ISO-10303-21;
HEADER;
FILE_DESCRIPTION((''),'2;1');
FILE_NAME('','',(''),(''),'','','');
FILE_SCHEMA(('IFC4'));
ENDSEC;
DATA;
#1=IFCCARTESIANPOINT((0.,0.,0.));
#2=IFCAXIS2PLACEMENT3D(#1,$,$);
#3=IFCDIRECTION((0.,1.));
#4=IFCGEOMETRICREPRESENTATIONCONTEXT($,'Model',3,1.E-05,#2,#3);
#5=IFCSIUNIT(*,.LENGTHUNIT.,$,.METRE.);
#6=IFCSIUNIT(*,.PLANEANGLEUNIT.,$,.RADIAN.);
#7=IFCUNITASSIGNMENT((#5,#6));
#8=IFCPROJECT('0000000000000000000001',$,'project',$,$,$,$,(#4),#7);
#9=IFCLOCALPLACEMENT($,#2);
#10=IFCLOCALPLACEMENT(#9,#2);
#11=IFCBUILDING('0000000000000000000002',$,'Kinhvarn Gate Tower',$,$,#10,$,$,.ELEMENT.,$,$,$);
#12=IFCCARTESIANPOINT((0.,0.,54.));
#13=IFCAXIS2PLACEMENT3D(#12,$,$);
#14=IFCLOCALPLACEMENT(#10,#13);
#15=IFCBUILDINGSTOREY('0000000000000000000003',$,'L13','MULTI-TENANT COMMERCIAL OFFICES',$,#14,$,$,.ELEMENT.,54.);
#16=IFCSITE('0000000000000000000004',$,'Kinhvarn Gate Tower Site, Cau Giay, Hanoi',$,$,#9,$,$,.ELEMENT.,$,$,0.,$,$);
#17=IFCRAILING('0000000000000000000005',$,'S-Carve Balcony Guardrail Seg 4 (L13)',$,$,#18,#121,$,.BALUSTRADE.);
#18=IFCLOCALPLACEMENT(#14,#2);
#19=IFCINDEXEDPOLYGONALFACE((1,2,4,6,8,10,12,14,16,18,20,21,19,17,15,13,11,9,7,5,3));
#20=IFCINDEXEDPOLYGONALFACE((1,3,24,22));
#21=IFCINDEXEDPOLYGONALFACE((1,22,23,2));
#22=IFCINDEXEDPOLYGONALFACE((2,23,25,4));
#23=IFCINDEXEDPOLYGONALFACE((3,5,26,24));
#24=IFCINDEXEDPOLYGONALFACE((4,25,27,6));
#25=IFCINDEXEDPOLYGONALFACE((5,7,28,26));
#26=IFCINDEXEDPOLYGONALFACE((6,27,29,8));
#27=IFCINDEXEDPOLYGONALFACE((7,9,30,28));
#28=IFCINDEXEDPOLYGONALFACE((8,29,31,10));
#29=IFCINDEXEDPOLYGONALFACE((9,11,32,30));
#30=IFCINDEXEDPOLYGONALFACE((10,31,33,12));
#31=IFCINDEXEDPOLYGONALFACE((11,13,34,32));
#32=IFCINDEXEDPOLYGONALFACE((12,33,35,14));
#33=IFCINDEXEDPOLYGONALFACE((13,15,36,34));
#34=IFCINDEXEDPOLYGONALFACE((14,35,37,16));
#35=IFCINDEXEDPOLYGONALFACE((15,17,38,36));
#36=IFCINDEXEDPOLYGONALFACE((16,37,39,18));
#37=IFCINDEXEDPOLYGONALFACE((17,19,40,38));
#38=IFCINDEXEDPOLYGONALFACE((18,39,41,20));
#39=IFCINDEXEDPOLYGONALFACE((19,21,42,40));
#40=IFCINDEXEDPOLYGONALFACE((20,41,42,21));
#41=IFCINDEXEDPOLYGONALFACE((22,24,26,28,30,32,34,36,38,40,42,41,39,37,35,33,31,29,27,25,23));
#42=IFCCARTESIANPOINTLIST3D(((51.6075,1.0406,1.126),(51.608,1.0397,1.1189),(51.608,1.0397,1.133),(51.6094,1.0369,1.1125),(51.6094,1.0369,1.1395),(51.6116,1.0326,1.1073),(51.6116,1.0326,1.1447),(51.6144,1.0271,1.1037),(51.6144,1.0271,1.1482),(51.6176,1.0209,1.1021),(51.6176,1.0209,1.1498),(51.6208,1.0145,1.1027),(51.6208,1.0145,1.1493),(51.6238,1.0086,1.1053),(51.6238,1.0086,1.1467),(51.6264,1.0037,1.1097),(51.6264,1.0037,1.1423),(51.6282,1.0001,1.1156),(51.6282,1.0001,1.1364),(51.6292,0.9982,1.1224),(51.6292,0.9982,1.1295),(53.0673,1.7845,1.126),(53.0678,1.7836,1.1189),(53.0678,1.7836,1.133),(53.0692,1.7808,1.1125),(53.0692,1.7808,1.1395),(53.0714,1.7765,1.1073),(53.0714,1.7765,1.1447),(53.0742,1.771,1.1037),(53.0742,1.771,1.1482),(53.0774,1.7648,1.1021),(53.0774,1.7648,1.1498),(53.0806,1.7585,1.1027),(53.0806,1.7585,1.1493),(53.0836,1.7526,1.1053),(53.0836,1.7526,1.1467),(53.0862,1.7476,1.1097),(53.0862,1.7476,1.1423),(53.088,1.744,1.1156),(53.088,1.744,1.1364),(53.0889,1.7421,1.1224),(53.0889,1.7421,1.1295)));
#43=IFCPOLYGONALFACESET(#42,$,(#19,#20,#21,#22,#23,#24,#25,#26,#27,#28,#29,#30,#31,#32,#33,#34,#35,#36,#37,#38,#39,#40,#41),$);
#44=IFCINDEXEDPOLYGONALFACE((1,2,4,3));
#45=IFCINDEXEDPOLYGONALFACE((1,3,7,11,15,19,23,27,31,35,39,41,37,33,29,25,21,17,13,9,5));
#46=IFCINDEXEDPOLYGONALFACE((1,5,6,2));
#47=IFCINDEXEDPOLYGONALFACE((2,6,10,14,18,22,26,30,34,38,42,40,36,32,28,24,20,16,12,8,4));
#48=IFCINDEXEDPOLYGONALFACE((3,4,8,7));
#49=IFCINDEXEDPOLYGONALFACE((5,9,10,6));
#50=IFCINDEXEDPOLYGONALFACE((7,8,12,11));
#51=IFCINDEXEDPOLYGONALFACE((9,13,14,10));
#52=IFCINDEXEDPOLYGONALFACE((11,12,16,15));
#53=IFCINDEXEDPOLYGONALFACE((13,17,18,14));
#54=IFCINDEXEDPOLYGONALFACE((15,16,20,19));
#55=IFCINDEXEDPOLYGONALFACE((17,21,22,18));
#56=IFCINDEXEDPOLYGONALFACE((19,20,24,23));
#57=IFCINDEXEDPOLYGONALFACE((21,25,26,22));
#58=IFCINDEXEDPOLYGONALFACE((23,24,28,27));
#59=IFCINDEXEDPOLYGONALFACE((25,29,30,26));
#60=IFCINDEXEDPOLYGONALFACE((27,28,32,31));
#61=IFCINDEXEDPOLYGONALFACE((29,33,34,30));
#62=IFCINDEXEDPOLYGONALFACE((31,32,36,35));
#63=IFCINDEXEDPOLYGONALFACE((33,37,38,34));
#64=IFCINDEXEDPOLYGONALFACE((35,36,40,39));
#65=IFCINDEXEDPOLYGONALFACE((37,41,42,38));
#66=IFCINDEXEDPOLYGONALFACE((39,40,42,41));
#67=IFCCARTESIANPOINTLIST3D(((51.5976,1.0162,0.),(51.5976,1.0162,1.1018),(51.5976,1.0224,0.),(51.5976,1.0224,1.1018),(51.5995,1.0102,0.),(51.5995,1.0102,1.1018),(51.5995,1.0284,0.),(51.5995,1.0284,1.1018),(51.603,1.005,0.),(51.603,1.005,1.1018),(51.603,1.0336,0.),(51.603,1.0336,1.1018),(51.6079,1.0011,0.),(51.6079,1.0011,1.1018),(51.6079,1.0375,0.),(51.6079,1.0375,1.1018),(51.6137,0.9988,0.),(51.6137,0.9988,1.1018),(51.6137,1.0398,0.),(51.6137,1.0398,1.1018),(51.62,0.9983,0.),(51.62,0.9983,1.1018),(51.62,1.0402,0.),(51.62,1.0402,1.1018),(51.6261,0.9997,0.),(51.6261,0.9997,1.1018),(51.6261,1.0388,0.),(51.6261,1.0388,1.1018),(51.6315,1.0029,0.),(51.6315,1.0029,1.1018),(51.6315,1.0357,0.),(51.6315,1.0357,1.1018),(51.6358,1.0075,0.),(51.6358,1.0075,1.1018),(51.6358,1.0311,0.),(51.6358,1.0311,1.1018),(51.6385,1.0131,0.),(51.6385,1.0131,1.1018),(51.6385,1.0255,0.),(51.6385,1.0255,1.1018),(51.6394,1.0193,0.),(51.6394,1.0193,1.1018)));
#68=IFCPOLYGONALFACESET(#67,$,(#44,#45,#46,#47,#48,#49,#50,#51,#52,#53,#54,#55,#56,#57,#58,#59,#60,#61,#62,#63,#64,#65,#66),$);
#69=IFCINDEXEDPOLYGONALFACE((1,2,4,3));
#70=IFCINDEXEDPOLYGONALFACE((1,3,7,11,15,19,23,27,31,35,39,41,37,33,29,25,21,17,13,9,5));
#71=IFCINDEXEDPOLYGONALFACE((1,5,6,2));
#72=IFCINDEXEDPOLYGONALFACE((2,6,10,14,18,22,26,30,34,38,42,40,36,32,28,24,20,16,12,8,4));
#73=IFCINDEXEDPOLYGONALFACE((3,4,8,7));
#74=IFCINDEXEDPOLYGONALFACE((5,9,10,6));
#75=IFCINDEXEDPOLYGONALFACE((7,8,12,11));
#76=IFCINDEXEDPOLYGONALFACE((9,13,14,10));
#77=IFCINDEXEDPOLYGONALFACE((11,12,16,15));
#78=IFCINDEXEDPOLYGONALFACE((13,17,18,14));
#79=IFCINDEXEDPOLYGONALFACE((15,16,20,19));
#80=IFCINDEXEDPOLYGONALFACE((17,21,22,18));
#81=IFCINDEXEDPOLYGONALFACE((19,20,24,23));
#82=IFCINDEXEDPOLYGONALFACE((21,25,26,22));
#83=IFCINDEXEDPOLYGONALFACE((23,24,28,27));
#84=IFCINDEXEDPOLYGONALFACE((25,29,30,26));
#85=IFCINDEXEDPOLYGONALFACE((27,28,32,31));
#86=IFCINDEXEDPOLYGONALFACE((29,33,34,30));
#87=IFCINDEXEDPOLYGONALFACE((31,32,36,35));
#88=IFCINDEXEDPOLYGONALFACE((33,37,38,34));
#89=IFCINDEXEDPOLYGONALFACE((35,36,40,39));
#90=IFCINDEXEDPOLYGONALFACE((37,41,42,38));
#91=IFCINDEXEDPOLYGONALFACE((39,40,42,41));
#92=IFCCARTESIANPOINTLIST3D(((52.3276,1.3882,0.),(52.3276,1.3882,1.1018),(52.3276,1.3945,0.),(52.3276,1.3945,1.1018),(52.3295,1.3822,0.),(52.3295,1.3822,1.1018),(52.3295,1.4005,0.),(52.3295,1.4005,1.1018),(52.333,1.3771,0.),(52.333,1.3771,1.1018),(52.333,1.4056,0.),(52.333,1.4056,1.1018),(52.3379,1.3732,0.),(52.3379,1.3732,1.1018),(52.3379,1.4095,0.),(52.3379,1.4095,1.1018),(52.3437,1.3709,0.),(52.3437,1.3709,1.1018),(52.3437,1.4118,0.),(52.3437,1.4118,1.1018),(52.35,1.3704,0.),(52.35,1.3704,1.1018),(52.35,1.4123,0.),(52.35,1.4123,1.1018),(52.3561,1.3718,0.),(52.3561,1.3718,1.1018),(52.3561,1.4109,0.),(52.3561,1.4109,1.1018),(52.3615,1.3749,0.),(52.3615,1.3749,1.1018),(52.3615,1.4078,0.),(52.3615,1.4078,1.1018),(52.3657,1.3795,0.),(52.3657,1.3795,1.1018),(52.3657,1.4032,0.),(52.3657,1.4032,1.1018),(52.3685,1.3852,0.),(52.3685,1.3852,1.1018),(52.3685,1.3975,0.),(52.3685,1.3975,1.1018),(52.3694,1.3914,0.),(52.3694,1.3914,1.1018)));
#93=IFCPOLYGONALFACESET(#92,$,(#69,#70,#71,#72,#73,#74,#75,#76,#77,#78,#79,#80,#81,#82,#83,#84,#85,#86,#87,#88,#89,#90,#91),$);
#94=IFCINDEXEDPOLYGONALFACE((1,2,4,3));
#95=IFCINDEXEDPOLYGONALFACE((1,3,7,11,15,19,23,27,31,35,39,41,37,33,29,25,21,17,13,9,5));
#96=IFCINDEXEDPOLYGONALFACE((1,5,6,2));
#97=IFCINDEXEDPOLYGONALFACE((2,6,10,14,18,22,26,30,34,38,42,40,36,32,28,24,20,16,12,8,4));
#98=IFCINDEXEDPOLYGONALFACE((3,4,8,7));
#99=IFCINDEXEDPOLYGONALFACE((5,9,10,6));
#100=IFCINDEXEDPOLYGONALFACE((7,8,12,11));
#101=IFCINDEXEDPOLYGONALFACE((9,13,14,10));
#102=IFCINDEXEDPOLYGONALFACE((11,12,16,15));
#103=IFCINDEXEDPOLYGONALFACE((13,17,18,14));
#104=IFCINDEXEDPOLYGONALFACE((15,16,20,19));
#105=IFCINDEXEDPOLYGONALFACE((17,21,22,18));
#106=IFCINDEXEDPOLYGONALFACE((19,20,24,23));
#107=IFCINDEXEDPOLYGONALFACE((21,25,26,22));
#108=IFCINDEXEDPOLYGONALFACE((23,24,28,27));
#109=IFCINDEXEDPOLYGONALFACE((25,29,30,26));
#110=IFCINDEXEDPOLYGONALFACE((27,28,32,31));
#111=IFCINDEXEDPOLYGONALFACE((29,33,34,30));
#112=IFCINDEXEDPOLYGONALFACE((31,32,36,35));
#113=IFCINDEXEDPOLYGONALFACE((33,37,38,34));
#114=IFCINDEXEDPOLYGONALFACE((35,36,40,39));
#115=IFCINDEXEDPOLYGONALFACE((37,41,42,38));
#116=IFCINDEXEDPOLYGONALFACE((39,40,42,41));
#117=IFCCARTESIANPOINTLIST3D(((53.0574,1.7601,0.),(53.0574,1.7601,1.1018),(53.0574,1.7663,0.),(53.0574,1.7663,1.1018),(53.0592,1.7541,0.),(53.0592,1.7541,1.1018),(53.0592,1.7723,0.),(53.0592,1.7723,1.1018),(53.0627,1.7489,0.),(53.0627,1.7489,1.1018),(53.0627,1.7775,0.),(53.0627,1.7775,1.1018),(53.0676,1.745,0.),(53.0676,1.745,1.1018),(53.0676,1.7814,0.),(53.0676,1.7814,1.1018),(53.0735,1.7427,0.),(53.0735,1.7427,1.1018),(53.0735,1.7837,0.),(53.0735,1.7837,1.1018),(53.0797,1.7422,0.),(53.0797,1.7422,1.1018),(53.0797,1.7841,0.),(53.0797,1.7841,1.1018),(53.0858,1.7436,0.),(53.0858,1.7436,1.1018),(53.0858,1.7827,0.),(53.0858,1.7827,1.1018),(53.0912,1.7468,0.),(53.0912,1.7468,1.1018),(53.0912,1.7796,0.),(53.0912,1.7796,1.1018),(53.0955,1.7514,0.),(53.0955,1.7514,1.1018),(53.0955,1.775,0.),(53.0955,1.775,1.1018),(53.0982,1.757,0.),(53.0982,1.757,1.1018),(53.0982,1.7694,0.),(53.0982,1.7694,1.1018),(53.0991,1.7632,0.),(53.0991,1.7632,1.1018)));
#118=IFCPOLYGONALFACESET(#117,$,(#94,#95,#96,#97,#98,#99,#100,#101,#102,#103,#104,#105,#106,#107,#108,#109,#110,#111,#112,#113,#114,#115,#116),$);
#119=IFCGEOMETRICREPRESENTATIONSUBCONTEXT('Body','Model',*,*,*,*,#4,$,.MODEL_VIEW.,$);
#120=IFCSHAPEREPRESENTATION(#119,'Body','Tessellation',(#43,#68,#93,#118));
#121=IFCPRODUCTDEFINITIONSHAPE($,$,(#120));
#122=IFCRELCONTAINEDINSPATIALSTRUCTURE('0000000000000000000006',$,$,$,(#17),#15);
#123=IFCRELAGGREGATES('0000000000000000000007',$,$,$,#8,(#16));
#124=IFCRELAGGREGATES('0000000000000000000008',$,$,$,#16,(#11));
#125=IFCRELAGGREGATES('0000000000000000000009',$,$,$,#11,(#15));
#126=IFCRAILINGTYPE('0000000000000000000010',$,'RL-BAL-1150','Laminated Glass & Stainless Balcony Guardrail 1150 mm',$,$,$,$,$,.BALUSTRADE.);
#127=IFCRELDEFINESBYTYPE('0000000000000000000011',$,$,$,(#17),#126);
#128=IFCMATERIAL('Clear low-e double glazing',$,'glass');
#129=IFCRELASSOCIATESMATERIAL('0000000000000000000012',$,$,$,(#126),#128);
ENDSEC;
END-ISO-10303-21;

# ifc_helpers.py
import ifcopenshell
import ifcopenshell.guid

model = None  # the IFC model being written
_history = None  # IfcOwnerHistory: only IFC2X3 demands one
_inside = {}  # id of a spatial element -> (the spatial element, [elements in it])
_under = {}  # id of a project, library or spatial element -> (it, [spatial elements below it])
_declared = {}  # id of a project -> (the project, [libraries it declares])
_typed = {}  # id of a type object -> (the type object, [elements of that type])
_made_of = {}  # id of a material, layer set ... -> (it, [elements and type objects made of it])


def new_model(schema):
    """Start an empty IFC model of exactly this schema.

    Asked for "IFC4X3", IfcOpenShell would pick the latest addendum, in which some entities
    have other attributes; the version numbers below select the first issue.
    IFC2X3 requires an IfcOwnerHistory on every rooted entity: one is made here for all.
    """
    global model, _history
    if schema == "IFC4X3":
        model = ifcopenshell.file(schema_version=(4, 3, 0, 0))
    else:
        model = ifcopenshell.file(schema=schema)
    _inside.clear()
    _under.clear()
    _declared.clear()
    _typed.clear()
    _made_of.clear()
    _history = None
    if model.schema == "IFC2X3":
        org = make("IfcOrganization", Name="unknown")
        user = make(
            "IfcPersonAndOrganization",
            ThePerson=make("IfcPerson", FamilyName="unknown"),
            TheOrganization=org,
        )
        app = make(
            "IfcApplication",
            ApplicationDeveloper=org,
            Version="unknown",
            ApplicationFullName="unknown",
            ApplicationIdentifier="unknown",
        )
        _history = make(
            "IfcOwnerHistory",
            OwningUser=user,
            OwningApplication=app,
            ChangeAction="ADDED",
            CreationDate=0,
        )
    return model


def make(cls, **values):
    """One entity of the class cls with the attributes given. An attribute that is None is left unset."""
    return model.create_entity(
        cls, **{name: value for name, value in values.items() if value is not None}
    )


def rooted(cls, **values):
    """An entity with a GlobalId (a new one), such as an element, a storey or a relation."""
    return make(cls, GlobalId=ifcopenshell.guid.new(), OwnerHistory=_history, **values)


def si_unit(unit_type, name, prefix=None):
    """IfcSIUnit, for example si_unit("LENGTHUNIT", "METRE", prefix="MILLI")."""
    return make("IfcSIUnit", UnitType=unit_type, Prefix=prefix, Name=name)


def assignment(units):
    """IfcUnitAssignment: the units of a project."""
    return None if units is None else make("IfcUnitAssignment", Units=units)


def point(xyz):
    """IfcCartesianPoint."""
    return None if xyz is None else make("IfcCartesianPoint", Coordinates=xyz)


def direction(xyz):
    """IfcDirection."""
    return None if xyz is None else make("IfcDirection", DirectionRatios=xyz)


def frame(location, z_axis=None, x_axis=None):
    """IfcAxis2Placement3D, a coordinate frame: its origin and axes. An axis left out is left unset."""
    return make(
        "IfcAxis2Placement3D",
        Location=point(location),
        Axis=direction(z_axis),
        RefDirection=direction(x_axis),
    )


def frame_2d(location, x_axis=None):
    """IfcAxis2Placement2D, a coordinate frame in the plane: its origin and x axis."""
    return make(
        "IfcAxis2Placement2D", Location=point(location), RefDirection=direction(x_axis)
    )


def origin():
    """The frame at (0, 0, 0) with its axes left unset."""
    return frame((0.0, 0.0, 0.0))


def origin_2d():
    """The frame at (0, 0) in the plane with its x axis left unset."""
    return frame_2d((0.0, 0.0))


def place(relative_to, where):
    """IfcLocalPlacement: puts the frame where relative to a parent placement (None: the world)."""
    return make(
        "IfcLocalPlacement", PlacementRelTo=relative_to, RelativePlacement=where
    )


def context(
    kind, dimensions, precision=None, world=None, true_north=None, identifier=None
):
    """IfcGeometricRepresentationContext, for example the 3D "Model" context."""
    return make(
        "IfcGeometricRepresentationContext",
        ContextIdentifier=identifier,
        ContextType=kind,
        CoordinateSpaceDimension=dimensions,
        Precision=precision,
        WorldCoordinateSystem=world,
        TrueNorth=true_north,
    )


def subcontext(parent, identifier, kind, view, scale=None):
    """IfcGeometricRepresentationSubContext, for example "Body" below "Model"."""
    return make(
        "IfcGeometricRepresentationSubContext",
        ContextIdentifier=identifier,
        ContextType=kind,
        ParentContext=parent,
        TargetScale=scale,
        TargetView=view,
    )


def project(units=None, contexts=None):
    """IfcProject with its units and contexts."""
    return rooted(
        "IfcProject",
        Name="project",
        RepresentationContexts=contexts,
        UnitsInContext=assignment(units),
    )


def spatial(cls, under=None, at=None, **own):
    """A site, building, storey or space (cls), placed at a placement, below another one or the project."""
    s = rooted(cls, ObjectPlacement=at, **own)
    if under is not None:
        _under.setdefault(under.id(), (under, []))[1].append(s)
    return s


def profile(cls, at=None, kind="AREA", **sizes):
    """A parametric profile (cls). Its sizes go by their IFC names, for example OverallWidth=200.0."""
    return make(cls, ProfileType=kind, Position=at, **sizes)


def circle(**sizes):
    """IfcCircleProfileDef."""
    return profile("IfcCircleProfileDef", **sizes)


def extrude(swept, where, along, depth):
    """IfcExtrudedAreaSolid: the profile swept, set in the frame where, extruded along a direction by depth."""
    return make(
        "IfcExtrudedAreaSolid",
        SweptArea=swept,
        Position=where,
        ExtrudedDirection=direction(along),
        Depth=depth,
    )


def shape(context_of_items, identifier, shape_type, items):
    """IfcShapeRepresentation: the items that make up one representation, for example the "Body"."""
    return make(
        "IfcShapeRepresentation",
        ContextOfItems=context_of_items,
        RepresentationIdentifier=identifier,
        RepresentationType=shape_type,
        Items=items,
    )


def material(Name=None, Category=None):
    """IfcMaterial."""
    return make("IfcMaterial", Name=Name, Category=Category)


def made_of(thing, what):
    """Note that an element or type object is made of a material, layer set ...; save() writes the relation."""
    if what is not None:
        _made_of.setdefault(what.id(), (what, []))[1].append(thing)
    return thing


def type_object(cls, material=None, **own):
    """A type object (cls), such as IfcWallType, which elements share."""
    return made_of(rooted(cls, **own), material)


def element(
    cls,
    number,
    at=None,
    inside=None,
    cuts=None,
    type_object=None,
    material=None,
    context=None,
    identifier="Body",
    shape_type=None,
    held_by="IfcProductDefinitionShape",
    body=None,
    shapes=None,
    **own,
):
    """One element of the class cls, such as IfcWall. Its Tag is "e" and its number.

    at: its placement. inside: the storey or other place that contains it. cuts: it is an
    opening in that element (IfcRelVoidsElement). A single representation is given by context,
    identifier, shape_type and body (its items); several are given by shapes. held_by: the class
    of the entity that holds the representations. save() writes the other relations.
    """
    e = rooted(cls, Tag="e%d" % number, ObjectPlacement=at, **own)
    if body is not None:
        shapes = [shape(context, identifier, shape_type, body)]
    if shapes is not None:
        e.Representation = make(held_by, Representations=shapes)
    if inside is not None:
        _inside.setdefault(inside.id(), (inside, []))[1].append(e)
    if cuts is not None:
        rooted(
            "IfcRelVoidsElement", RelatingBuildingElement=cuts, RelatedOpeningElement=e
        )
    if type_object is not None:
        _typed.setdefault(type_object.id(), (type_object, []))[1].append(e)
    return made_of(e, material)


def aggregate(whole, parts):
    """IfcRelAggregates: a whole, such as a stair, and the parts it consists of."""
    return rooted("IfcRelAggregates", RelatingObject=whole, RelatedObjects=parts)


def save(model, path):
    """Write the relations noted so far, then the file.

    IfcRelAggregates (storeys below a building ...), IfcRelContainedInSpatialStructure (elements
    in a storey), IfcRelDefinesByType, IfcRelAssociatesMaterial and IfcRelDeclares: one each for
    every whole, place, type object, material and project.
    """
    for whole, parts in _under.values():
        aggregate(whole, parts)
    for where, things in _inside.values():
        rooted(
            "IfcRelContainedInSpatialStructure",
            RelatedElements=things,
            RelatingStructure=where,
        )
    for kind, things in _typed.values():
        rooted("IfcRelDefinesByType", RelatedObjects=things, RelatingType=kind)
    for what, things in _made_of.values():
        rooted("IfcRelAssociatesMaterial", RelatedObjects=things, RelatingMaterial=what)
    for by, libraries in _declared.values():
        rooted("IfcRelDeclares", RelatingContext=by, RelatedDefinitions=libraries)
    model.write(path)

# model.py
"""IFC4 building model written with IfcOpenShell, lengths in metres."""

from ifc_helpers import new_model, si_unit, direction, frame, origin, origin_2d, place, context, subcontext, project, spatial, circle, extrude, material, type_object, element, save


model = new_model("IFC4")

# Units and contexts
model_context = context("Model", 3, precision=1e-05, world=origin(), true_north=direction((0.0, 1.0)))
body_context = subcontext(model_context, "Body", "Model", "MODEL_VIEW")
ifc_project = project(units=[si_unit("LENGTHUNIT", "METRE"), si_unit("PLANEANGLEUNIT", "RADIAN")], contexts=[model_context])

# Site, building, storey
site_placement = place(None, origin())
site = spatial("IfcSite", under=ifc_project, at=site_placement, Name="Kinhvarn Gate Tower Site, Cau Giay, Hanoi", CompositionType="ELEMENT", RefElevation=0.0)
building_placement = place(site_placement, origin())
building = spatial("IfcBuilding", under=site, at=building_placement, Name="Kinhvarn Gate Tower", CompositionType="ELEMENT")
storey_placement = place(building_placement, frame((0.0, 0.0, 54.0)))
storey = spatial("IfcBuildingStorey", under=building, at=storey_placement, Name="L13", Description="MULTI-TENANT COMMERCIAL OFFICES", CompositionType="ELEMENT", Elevation=54.0)

# Shared definitions
ifc_material_1 = material(Name="Clear low-e double glazing", Category="glass")

# Railing
railing_type = type_object("IfcRailingType", Name="RL-BAL-1150", Description="Laminated Glass & Stainless Balcony Guardrail 1150 mm", PredefinedType="BALUSTRADE", material=ifc_material_1)
railing_1_placement = place(storey_placement, frame((51.6184, 1.0193, 0.0)))
element("IfcRailing", 1, at=railing_1_placement, inside=storey, type_object=railing_type, Name="S-Carve Balcony Guardrail Seg 4 (L13)", PredefinedType="BALUSTRADE", context=body_context, shape_type="SweptSolid", body=[
    extrude(circle(Radius=0.0239, at=origin_2d()), frame((0.0, 0.0, 1.126), z_axis=(0.890974, 0.454055, 0.0), x_axis=(-0.454055, 0.890974, 0.0)), (0.0, 0.0, 1.0), 1.6384),
    extrude(circle(Radius=0.021, at=origin_2d()), origin(), (0.0, 0.0, 1.0), 1.1018),
    extrude(circle(Radius=0.021, at=origin_2d()), frame((0.73, 0.3721, 0.0)), (0.0, 0.0, 1.0), 1.1018),
    extrude(circle(Radius=0.021, at=origin_2d()), frame((1.4597, 0.7439, 0.0)), (0.0, 0.0, 1.0), 1.1018),
])

save(model, "model.ifc")
